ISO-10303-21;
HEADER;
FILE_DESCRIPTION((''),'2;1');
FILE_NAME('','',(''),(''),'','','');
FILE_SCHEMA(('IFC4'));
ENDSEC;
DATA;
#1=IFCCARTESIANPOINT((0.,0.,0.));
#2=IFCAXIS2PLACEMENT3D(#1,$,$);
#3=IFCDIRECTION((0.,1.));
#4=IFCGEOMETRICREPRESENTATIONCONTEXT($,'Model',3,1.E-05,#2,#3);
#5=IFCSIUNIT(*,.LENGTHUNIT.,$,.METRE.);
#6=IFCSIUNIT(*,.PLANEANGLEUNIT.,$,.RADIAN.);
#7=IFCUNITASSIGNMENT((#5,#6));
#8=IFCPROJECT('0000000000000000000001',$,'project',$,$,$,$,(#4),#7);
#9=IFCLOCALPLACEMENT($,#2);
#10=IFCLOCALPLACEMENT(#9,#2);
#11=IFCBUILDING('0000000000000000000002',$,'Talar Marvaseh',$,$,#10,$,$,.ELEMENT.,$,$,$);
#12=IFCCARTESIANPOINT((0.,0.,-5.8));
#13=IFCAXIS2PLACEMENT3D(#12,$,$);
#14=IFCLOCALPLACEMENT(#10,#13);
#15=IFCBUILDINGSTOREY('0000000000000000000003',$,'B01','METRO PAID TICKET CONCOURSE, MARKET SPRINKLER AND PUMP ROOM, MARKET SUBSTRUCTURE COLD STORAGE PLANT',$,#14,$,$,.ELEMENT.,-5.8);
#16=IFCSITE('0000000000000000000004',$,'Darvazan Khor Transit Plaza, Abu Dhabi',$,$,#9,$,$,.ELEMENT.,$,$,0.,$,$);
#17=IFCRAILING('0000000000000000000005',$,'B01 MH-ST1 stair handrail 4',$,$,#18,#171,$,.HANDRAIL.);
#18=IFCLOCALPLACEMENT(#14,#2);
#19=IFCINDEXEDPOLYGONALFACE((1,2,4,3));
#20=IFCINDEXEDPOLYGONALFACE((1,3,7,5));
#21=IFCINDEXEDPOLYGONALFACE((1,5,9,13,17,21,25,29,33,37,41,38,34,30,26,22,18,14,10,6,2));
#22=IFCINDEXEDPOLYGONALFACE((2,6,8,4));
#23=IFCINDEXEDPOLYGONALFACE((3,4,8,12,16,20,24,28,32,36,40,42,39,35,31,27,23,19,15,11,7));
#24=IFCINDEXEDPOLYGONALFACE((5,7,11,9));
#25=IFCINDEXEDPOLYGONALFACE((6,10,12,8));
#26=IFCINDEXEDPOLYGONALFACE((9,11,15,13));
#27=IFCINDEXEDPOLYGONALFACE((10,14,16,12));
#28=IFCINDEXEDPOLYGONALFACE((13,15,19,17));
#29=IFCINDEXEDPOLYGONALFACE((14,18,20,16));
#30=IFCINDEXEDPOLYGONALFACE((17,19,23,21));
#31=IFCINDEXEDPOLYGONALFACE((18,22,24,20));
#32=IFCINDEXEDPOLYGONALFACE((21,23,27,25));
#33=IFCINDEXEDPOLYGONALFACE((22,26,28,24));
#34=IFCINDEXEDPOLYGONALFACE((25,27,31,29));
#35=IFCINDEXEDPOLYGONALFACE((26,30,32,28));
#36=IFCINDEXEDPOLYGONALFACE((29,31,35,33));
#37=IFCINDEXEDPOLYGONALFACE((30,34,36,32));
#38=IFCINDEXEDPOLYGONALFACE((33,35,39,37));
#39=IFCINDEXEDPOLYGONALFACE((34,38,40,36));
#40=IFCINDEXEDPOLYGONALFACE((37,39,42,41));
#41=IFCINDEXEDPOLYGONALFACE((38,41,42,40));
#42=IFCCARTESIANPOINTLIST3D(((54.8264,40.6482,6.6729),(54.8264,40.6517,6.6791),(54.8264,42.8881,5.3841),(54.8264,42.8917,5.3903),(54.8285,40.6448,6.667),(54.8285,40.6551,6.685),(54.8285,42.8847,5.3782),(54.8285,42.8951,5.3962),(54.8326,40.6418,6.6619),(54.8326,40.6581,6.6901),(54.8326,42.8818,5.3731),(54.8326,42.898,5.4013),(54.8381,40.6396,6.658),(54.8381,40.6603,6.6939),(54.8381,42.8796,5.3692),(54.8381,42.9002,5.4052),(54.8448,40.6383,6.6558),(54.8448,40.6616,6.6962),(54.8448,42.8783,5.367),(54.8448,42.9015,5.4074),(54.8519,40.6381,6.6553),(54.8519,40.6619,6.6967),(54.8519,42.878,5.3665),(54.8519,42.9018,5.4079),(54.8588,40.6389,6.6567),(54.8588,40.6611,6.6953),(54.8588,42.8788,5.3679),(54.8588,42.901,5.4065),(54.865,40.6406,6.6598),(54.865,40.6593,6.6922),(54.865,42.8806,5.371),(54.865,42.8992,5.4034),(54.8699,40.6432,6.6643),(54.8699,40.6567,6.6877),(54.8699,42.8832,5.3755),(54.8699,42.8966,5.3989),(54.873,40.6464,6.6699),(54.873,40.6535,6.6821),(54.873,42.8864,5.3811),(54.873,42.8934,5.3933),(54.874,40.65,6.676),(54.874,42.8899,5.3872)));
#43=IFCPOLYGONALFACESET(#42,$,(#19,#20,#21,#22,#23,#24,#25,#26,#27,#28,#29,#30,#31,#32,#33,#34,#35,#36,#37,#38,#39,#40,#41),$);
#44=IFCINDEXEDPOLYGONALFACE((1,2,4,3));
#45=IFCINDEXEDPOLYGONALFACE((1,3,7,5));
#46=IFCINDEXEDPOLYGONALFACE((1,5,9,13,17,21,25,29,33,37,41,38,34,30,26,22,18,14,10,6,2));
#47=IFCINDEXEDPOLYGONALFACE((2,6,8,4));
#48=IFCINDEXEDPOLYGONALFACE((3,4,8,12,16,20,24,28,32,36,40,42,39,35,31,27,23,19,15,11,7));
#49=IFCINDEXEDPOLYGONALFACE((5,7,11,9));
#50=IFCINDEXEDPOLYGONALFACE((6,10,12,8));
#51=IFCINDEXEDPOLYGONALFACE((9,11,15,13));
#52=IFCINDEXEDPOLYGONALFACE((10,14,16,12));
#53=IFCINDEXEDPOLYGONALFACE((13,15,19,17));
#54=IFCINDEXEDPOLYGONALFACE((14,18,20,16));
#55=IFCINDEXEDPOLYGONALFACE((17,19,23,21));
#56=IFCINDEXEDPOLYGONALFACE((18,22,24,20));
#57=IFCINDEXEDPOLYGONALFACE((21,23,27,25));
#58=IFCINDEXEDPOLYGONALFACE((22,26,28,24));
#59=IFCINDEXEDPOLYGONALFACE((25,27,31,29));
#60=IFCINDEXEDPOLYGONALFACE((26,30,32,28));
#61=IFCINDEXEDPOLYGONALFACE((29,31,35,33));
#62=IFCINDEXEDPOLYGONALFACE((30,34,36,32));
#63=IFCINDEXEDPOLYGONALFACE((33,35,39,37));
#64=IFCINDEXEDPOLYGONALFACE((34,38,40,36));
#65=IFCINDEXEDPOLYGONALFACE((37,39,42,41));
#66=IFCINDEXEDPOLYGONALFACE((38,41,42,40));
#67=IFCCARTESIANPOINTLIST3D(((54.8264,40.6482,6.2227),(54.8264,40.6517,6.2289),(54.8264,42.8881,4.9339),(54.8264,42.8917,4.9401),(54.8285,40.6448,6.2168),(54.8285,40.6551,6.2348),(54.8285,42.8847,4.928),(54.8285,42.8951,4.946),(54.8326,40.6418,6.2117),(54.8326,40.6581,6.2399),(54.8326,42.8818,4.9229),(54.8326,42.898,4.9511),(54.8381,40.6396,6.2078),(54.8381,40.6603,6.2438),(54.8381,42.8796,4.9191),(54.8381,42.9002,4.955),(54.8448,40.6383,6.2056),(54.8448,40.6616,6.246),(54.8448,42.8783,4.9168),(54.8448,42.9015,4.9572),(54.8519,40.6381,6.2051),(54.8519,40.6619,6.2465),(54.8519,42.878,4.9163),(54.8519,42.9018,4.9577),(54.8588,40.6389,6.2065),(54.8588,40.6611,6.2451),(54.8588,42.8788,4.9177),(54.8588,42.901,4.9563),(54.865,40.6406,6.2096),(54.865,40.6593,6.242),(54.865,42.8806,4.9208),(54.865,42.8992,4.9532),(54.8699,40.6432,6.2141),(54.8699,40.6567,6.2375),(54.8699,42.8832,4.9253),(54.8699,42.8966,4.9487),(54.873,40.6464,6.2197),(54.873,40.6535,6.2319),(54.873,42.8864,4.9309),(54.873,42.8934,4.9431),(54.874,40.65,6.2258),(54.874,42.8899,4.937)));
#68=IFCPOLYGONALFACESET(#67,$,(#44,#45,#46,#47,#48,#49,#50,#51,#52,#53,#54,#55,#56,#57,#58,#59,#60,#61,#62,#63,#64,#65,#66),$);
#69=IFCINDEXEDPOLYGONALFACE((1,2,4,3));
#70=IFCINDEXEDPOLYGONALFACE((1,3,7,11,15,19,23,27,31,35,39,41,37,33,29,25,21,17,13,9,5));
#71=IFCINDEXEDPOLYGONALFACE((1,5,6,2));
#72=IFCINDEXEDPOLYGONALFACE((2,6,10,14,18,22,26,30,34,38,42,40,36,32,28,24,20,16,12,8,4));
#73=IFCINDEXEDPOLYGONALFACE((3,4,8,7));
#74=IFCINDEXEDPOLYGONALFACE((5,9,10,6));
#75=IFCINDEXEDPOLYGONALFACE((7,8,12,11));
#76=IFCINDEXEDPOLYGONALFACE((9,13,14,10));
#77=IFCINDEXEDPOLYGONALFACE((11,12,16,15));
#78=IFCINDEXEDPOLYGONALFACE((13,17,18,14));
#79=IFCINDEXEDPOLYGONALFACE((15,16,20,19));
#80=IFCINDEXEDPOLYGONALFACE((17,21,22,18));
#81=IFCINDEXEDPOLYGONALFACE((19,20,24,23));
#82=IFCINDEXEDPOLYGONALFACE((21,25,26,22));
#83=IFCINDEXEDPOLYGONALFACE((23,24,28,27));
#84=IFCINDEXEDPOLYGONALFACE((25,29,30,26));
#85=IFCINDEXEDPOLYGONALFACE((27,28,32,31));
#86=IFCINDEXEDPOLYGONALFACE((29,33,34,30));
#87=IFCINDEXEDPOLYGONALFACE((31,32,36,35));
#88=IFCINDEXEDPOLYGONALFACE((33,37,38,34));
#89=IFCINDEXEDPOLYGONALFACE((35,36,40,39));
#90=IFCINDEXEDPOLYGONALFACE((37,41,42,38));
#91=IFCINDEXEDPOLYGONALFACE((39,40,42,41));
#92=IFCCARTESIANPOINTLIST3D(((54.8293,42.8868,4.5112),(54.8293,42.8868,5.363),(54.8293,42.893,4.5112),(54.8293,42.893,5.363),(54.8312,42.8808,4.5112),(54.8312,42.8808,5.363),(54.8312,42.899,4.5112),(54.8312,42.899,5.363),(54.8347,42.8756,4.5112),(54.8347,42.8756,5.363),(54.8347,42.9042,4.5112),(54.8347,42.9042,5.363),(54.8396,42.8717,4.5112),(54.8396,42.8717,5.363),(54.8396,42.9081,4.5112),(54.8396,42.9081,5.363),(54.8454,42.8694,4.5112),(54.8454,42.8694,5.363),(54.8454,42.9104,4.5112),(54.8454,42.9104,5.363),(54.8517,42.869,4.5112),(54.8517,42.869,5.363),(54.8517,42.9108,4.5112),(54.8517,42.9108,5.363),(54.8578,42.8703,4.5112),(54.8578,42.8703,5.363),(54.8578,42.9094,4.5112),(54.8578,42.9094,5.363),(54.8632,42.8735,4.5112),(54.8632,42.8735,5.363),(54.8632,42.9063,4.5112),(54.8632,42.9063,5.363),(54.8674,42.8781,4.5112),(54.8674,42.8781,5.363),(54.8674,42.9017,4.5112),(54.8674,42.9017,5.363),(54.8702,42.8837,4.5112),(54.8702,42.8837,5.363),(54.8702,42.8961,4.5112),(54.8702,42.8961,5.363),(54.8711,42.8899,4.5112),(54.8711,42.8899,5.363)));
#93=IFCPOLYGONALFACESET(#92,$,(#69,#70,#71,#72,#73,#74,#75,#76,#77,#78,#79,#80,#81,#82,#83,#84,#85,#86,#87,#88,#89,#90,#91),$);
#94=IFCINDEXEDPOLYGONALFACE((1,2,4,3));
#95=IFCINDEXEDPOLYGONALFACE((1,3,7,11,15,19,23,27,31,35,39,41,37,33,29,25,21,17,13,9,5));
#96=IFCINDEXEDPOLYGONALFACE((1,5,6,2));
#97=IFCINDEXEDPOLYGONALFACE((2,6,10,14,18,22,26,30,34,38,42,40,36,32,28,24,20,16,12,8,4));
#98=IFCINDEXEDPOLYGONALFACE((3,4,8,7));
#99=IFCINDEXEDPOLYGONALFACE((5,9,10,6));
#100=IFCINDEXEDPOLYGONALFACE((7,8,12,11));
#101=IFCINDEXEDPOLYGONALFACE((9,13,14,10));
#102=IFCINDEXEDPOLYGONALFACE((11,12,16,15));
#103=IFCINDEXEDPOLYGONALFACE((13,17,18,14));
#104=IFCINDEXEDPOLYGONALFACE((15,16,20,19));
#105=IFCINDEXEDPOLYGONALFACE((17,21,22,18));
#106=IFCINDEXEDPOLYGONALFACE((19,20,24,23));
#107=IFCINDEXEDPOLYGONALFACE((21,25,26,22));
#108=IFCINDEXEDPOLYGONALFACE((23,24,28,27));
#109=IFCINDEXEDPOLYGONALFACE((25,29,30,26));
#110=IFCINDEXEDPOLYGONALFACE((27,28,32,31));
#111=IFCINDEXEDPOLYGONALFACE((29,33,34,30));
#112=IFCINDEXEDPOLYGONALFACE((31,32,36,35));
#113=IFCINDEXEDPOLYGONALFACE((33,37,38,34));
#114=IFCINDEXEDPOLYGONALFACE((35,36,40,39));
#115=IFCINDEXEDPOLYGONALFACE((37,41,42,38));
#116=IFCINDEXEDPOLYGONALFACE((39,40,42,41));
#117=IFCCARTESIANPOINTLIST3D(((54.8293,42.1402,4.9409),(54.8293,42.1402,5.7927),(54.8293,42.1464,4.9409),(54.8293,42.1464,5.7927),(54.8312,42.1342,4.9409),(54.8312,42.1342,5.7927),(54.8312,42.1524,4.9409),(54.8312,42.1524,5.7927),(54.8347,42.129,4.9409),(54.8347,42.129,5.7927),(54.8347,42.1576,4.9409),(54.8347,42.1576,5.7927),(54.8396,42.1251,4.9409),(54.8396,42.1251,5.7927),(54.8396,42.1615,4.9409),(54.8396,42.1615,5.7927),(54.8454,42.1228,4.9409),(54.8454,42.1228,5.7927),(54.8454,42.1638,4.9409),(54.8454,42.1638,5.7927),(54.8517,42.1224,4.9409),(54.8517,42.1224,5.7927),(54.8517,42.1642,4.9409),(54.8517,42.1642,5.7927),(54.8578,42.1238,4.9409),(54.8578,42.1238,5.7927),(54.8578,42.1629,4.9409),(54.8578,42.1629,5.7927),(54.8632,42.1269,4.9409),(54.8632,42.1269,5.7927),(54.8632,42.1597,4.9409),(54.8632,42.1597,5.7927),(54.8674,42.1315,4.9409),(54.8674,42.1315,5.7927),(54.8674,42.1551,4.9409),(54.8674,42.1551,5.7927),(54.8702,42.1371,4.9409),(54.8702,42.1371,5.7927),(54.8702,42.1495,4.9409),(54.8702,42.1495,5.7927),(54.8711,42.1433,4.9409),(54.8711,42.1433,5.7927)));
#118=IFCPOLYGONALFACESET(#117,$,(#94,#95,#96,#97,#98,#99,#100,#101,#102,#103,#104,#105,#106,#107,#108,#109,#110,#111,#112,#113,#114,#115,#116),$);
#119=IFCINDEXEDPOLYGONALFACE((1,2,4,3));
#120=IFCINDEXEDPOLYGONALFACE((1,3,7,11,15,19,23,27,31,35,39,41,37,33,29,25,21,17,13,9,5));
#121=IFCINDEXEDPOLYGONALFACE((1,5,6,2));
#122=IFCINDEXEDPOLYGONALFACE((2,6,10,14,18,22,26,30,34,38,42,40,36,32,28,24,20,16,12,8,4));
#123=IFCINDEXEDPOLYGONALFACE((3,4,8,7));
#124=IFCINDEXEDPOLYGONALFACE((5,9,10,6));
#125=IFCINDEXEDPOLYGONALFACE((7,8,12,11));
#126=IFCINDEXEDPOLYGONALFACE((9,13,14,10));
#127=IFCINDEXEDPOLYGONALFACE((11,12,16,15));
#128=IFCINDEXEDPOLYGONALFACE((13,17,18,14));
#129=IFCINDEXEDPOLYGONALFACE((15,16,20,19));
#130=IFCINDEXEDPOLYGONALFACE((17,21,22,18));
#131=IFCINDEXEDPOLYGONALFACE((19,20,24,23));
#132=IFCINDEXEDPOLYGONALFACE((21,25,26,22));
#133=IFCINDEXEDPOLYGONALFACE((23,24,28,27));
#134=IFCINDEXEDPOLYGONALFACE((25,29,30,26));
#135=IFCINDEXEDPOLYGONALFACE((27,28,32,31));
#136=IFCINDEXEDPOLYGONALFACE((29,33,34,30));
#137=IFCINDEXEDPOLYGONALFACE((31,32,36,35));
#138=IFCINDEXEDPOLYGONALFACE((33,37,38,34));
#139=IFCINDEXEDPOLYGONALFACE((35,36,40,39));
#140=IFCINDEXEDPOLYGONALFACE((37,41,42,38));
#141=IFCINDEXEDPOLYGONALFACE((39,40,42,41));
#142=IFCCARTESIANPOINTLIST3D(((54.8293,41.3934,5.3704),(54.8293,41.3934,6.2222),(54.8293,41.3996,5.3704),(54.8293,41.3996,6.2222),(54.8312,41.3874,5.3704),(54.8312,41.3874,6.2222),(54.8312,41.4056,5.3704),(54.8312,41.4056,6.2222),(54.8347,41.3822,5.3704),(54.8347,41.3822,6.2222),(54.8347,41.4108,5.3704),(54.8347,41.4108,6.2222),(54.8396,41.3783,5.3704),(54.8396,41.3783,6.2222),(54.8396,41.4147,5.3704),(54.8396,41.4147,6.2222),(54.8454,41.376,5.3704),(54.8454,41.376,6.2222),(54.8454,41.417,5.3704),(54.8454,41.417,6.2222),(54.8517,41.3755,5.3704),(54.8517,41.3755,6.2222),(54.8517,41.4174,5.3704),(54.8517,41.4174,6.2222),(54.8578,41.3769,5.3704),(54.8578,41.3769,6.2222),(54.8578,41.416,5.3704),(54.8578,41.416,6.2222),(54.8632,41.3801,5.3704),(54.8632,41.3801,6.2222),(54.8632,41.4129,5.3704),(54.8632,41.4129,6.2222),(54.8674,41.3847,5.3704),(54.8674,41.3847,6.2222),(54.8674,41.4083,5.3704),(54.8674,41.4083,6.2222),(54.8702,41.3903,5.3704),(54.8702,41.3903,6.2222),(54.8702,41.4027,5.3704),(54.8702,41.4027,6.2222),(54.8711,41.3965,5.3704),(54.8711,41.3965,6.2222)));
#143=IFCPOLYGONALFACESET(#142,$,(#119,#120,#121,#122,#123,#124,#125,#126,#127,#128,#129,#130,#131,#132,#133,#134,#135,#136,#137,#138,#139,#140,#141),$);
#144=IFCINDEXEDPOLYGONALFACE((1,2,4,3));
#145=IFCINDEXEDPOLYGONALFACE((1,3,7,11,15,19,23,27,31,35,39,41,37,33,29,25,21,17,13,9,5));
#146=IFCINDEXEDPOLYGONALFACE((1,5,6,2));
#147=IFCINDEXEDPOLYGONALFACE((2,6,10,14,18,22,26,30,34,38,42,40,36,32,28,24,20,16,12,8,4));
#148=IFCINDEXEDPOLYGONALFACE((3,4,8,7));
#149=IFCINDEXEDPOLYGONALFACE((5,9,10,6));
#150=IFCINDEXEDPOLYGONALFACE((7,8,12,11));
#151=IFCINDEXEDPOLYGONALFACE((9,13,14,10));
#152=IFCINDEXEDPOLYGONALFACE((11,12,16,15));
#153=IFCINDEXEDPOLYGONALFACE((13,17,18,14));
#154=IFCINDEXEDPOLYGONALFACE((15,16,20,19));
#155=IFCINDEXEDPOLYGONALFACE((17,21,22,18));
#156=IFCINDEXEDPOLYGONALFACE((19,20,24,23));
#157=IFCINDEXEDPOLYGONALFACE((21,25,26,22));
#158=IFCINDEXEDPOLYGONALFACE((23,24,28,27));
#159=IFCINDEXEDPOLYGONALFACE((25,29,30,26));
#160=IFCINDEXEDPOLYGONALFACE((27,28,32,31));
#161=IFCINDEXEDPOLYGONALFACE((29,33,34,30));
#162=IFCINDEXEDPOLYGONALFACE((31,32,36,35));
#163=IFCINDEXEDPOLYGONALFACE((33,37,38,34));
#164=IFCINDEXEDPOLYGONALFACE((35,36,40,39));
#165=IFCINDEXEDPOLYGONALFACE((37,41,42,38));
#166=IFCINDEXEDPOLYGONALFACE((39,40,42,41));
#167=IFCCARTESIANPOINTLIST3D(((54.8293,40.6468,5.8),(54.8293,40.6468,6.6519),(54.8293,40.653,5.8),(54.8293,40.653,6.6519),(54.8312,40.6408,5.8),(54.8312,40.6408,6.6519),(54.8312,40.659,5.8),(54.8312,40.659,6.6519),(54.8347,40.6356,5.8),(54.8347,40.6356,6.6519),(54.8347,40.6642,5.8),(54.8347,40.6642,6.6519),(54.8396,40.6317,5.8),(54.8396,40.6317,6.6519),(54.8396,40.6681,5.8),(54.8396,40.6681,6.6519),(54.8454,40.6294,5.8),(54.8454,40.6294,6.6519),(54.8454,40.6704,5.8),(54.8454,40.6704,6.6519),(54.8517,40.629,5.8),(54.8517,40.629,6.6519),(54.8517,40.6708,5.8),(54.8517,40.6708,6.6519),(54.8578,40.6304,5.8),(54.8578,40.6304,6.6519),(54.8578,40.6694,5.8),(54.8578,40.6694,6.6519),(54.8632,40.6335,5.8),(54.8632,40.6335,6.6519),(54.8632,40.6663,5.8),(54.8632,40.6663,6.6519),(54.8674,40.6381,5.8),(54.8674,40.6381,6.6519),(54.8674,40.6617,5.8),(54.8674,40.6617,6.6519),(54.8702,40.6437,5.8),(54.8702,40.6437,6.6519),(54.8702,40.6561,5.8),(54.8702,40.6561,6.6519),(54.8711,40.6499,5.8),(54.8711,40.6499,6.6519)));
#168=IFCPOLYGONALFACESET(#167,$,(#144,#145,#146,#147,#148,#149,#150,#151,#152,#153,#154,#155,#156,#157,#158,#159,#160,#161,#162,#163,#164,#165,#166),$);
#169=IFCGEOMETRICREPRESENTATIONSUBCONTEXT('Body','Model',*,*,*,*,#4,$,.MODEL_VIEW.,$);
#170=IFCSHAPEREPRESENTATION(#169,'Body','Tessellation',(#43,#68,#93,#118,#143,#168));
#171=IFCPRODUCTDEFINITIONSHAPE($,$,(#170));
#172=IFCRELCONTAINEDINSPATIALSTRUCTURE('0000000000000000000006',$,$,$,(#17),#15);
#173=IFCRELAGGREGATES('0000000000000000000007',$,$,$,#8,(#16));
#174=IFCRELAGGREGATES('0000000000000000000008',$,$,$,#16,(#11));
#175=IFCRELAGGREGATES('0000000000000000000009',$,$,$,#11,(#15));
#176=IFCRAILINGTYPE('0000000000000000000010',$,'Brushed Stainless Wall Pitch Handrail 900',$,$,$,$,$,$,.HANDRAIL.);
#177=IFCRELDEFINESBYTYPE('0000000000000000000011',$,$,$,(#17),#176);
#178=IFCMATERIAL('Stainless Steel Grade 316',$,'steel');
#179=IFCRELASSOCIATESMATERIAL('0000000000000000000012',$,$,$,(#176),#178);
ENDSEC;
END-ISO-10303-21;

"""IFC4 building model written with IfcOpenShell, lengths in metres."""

from ifc_helpers import new_model, si_unit, direction, frame, origin, origin_2d, place, context, subcontext, project, spatial, circle, extrude, material, type_object, element, save


model = new_model("IFC4")

# Units and contexts
model_context = context("Model", 3, precision=1e-05, world=origin(), true_north=direction((0.0, 1.0)))
body_context = subcontext(model_context, "Body", "Model", "MODEL_VIEW")
ifc_project = project(units=[si_unit("LENGTHUNIT", "METRE"), si_unit("PLANEANGLEUNIT", "RADIAN")], contexts=[model_context])

# Site, building, storey
site_placement = place(None, origin())
site = spatial("IfcSite", under=ifc_project, at=site_placement, Name="Darvazan Khor Transit Plaza, Abu Dhabi", CompositionType="ELEMENT", RefElevation=0.0)
building_placement = place(site_placement, origin())
building = spatial("IfcBuilding", under=site, at=building_placement, Name="Talar Marvaseh", CompositionType="ELEMENT")
storey_placement = place(building_placement, frame((0.0, 0.0, -5.8)))
storey = spatial("IfcBuildingStorey", under=building, at=storey_placement, Name="B01", Description="METRO PAID TICKET CONCOURSE, MARKET SPRINKLER AND PUMP ROOM, MARKET SUBSTRUCTURE COLD STORAGE PLANT", CompositionType="ELEMENT", Elevation=-5.8)

# Railing
ifc_material_1 = material(Name="Stainless Steel Grade 316", Category="steel")
railing_type_1 = type_object("IfcRailingType", Name="Brushed Stainless Wall Pitch Handrail 900", PredefinedType="HANDRAIL", material=ifc_material_1)
railing_1_placement = place(storey_placement, frame((54.8501, 42.8899, 4.5112)))
element("IfcRailing", 1, at=railing_1_placement, inside=storey, type_object=railing_type_1, Name="B01 MH-ST1 stair handrail 4", PredefinedType="HANDRAIL", context=body_context, shape_type="SweptSolid", body=[
    extrude(circle(Radius=0.0239, at=origin_2d()), frame((0.0, 0.0, 0.876), z_axis=(0.0, -0.866768, 0.498711), x_axis=(1.0, 0.0, 0.0)), (0.0, 0.0, 1.0), 2.5842),
    extrude(circle(Radius=0.0239, at=origin_2d()), frame((0.0, 0.0, 0.4258), z_axis=(0.0, -0.866768, 0.498711), x_axis=(1.0, 0.0, 0.0)), (0.0, 0.0, 1.0), 2.5842),
    extrude(circle(Radius=0.021, at=origin_2d()), origin(), (0.0, 0.0, 1.0), 0.8518),
    extrude(circle(Radius=0.021, at=origin_2d()), frame((0.0, -0.7466, 0.4297)), (0.0, 0.0, 1.0), 0.8518),
    extrude(circle(Radius=0.021, at=origin_2d()), frame((0.0, -1.4934, 0.8591)), (0.0, 0.0, 1.0), 0.8518),
    extrude(circle(Radius=0.021, at=origin_2d()), frame((0.0, -2.24, 1.2888)), (0.0, 0.0, 1.0), 0.8518),
])

save(model, "model.ifc")
